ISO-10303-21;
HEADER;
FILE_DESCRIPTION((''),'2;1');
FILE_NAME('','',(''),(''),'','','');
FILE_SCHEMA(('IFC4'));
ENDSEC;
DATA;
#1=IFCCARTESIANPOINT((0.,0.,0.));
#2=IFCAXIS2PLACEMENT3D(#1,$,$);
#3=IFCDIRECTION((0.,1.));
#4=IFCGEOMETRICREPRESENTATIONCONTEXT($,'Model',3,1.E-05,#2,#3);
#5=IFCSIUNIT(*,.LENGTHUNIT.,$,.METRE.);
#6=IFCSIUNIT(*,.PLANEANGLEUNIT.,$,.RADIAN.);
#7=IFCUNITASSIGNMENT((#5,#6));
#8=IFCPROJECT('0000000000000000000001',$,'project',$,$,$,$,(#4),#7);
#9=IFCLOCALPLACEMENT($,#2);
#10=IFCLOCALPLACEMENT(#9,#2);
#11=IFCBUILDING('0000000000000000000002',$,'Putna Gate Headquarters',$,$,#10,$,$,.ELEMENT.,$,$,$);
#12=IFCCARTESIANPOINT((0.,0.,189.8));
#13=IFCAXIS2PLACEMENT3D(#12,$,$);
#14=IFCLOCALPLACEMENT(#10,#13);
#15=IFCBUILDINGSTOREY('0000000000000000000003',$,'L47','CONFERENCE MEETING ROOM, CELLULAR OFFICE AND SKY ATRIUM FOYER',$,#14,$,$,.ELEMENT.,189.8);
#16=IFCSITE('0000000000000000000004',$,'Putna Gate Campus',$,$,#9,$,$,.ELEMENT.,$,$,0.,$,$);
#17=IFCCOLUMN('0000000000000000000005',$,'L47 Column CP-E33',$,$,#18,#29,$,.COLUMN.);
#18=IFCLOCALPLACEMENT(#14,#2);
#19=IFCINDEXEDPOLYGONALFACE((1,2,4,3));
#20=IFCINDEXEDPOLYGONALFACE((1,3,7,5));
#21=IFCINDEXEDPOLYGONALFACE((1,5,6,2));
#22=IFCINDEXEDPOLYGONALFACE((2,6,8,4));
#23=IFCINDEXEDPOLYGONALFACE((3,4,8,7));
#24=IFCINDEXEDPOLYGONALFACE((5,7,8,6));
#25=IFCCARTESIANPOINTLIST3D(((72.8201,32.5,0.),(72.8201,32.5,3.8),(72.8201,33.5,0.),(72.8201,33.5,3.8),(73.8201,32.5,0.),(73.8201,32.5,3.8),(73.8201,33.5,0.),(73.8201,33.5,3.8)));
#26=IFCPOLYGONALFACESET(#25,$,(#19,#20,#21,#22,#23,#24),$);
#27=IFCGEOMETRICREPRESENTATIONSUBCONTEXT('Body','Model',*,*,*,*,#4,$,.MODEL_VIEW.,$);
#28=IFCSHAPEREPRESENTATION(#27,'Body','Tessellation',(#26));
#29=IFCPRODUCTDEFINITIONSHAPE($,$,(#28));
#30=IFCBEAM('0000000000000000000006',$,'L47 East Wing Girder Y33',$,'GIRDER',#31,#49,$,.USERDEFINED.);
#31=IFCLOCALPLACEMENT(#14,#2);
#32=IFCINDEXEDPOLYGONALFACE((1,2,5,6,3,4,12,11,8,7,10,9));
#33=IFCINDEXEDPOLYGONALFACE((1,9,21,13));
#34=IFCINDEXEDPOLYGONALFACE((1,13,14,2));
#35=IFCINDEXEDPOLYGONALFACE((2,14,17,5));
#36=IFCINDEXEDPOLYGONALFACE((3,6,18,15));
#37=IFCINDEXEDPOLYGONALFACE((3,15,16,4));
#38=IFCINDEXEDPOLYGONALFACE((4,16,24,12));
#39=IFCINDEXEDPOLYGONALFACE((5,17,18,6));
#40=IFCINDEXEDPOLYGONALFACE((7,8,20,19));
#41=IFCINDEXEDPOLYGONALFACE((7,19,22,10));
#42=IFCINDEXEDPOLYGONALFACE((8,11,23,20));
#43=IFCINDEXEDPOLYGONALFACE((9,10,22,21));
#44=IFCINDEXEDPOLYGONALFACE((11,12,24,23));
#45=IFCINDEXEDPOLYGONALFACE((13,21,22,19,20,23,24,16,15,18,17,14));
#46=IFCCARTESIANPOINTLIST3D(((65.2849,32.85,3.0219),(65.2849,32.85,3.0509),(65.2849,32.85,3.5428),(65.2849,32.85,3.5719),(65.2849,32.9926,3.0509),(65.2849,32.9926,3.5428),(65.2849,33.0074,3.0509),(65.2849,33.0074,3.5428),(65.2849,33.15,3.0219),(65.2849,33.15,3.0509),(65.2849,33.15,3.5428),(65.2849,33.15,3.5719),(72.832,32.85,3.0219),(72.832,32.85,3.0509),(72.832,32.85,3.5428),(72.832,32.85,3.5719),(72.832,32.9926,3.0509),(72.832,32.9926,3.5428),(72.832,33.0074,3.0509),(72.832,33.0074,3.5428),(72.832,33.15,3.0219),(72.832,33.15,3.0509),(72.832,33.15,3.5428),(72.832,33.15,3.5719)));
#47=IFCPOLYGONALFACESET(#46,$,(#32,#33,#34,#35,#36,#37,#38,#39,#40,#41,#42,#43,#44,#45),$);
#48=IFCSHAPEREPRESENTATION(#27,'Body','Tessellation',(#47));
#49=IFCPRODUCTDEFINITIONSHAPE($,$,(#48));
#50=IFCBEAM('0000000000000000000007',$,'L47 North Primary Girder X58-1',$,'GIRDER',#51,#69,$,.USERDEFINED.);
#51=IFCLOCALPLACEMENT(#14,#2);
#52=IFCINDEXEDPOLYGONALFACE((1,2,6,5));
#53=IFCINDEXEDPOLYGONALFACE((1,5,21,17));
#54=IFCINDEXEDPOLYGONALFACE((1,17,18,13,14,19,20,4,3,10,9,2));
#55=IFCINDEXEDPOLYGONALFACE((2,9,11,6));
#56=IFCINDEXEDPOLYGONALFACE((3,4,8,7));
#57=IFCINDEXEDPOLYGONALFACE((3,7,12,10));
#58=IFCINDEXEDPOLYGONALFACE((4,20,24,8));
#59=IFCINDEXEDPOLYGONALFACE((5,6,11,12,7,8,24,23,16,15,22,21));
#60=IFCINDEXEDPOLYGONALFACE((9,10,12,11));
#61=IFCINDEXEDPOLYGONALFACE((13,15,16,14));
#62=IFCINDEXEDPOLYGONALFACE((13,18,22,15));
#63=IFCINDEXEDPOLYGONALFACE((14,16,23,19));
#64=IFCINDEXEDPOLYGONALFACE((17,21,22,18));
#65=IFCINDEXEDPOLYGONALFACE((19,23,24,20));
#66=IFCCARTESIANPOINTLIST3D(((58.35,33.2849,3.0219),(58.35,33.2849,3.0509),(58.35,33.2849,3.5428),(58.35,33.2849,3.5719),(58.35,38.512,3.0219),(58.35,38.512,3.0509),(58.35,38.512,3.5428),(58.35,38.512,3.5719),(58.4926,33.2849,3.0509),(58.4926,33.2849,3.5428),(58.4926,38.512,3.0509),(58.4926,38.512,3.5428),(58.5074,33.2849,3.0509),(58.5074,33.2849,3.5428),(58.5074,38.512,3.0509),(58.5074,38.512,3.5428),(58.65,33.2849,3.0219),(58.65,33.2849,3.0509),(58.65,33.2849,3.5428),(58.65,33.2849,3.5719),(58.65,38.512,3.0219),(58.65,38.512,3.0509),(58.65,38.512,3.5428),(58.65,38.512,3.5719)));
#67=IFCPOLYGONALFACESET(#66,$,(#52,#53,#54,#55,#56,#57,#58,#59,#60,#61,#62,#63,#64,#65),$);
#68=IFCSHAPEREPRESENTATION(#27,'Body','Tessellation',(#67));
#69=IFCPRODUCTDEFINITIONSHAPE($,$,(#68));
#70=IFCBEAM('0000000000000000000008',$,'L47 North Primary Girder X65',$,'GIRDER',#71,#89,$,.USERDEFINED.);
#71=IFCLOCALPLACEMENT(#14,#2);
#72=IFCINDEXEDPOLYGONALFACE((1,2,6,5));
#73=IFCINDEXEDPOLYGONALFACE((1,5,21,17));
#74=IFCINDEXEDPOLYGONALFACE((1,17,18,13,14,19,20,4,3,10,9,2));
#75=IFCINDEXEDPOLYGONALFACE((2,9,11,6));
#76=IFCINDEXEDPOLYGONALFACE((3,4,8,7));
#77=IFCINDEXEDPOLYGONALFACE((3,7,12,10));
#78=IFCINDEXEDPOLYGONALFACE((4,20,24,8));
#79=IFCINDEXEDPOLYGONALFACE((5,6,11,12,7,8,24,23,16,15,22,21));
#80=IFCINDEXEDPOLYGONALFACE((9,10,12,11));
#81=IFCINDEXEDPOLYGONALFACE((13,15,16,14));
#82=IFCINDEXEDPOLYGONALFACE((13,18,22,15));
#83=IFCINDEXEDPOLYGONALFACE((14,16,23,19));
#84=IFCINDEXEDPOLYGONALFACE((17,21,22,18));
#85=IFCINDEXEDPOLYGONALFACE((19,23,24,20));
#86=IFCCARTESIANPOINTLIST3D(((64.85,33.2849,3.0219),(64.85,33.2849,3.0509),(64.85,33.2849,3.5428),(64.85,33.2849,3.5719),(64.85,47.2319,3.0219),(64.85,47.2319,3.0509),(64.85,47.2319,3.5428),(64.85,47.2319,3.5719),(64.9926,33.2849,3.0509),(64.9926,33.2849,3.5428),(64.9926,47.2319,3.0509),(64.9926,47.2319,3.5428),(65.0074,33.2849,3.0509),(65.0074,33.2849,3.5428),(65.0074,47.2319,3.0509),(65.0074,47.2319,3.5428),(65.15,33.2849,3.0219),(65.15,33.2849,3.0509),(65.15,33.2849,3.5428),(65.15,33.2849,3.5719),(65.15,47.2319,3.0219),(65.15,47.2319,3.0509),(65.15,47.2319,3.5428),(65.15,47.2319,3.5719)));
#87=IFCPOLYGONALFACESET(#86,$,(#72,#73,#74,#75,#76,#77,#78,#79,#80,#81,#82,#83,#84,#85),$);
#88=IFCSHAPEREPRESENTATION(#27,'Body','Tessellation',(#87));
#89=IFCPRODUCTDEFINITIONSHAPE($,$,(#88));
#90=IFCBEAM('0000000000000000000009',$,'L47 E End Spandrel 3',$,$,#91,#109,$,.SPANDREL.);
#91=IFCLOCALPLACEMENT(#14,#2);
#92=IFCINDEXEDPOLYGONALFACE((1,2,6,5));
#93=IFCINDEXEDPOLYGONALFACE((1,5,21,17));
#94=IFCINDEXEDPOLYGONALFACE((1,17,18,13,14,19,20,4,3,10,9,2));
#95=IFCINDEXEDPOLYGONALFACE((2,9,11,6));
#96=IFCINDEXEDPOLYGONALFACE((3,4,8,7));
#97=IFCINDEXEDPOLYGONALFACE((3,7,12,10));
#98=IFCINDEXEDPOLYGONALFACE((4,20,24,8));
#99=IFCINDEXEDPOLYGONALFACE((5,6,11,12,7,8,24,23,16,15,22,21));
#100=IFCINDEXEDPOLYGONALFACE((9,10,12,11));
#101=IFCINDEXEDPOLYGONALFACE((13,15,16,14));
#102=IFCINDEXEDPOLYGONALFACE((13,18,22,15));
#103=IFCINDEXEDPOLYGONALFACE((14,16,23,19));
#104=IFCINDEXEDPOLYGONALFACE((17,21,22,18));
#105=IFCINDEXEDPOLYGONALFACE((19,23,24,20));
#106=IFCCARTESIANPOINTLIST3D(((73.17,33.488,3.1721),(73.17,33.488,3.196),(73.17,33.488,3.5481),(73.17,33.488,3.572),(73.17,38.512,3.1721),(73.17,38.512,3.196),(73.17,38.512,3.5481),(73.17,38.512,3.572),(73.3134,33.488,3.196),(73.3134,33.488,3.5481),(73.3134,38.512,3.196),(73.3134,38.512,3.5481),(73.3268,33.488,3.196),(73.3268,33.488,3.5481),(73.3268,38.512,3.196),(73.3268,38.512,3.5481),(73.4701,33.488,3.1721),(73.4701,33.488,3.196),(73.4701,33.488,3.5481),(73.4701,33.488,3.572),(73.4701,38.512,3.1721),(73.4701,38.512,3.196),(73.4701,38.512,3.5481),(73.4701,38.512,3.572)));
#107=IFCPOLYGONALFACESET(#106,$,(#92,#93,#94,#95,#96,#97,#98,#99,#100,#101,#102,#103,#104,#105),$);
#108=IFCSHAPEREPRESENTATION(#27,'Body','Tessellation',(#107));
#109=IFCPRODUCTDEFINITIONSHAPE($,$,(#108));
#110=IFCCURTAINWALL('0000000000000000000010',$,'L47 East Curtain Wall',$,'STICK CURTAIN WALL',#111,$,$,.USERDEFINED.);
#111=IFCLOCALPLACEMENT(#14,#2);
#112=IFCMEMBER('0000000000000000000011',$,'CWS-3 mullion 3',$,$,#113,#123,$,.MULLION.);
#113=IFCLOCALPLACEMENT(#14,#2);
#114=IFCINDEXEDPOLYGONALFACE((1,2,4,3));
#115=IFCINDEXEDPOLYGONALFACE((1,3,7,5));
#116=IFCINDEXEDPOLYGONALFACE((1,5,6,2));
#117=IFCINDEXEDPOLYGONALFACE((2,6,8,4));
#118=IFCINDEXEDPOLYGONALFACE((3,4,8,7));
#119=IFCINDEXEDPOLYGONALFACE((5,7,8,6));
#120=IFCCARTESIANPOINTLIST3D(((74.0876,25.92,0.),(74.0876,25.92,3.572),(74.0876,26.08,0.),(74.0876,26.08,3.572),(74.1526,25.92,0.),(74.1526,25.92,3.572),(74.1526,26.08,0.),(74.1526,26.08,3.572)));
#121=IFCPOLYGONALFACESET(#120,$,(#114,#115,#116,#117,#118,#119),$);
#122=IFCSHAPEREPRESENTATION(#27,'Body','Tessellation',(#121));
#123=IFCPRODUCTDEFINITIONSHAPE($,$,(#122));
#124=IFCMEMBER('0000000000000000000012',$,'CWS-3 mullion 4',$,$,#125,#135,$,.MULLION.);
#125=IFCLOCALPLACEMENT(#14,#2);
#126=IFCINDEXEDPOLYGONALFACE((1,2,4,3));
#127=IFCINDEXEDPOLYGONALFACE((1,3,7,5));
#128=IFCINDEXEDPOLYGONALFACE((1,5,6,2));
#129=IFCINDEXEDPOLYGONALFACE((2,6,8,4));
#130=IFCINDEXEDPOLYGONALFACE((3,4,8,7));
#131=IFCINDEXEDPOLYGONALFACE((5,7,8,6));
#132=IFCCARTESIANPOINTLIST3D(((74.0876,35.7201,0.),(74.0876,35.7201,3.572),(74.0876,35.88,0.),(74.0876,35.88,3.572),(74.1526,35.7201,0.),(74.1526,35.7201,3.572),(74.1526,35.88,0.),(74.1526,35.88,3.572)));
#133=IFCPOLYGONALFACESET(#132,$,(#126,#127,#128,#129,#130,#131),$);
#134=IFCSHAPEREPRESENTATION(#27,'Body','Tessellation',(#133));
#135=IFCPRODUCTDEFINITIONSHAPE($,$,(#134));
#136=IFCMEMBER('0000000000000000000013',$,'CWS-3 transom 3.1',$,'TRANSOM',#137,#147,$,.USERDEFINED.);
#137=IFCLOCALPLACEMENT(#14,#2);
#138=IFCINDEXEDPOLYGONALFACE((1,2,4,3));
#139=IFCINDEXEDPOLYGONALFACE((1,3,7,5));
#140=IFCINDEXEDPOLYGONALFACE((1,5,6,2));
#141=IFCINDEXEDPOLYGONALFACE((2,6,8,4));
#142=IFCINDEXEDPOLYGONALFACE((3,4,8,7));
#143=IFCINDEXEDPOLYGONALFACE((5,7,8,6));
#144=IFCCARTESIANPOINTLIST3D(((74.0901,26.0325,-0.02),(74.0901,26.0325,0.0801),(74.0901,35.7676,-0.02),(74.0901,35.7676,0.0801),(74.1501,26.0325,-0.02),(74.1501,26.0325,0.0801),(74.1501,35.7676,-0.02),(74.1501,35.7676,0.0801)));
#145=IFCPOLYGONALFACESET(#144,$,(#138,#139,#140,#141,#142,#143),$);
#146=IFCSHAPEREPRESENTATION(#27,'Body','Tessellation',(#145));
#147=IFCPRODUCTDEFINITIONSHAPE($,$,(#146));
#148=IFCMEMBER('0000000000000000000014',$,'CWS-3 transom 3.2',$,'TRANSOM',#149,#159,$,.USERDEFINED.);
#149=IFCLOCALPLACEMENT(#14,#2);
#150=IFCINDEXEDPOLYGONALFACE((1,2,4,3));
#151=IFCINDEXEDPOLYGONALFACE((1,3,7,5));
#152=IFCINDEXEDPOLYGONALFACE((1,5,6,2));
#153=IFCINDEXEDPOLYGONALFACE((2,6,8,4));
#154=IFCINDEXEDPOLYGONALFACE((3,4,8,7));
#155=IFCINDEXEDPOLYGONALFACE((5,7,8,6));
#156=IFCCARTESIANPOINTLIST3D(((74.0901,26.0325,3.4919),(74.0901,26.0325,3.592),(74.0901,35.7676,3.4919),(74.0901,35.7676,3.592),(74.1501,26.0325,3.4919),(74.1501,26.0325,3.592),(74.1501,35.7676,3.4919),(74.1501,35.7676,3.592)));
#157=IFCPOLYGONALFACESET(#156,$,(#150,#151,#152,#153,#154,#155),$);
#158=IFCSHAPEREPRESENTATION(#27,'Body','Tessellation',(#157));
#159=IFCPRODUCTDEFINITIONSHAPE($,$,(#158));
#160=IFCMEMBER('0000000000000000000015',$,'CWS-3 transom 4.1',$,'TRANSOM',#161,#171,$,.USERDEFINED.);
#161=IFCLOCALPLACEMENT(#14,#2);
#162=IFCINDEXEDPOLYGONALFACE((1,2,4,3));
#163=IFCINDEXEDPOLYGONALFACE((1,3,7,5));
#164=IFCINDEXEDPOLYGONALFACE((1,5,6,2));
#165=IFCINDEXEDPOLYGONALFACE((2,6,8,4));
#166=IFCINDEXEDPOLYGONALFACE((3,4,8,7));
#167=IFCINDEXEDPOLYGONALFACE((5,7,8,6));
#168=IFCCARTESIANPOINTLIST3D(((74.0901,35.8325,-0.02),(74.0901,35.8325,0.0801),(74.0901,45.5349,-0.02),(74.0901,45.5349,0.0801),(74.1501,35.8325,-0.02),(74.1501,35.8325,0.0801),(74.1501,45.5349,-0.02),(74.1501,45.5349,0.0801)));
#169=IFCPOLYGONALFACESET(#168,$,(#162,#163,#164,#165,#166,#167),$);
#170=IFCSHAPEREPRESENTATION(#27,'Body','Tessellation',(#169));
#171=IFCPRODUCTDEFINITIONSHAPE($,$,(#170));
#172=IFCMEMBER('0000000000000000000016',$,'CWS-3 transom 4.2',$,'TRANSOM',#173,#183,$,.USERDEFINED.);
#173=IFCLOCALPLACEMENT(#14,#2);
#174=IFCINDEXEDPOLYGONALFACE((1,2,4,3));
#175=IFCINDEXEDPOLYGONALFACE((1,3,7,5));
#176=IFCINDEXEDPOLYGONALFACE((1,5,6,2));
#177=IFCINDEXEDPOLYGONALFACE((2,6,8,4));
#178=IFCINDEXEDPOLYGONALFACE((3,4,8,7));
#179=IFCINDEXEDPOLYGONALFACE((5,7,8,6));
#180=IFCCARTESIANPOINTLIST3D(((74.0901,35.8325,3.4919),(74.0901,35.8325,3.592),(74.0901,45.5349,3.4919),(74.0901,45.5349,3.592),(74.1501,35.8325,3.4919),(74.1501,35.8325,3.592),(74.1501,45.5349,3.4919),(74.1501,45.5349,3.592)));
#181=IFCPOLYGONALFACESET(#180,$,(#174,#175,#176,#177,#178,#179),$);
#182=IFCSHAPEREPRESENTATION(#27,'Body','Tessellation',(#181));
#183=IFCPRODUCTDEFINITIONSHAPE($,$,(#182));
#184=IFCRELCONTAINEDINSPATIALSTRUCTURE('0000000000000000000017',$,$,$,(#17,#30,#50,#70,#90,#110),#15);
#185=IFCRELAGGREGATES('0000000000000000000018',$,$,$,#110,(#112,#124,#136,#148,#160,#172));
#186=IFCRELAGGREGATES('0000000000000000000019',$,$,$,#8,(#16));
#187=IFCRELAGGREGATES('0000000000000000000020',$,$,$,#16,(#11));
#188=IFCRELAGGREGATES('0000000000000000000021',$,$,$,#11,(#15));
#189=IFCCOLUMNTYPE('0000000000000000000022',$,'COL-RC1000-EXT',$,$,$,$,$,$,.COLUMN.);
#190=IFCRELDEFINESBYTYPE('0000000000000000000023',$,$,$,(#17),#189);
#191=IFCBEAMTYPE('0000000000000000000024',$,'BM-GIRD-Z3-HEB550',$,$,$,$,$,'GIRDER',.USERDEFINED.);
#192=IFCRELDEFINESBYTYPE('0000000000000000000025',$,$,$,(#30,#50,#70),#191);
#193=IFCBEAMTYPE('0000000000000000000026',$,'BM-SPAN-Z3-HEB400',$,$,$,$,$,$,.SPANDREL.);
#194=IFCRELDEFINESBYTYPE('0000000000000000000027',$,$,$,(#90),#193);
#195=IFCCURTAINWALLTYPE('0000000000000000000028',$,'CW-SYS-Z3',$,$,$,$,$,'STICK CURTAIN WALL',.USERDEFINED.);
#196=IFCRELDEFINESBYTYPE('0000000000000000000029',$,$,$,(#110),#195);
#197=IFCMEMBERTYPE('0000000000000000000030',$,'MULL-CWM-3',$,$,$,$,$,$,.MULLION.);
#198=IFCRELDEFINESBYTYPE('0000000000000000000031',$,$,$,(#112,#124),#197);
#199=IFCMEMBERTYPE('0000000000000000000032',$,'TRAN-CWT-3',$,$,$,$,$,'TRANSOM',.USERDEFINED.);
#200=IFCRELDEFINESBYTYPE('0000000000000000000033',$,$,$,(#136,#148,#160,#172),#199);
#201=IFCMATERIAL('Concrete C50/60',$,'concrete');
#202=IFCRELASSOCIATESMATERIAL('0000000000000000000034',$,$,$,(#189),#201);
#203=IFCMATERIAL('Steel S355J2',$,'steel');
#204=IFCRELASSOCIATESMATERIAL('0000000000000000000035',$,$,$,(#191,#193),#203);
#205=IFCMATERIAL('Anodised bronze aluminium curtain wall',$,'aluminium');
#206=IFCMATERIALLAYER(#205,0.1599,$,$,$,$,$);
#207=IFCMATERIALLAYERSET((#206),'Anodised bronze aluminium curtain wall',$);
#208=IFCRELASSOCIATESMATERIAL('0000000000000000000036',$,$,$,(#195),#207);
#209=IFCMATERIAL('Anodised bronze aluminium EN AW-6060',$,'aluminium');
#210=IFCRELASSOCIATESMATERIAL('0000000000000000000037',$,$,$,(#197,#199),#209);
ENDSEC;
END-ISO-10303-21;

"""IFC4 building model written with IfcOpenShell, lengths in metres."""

from ifc_helpers import new_model, si_unit, direction, frame, origin, origin_2d, place, context, subcontext, project, spatial, rectangle, i_section, extrude, material, layer, layer_set, material_profile, profile_set, type_object, element, aggregate, save


model = new_model("IFC4")

# Units and contexts
model_context = context("Model", 3, precision=1e-05, world=origin(), true_north=direction((0.0, 1.0)))
body_context = subcontext(model_context, "Body", "Model", "MODEL_VIEW")
ifc_project = project(units=[si_unit("LENGTHUNIT", "METRE"), si_unit("PLANEANGLEUNIT", "RADIAN")], contexts=[model_context])

# Site, building, storey
site_placement = place(None, origin())
site = spatial("IfcSite", under=ifc_project, at=site_placement, Name="Putna Gate Campus", CompositionType="ELEMENT", RefElevation=0.0)
building_placement = place(site_placement, origin())
building = spatial("IfcBuilding", under=site, at=building_placement, Name="Putna Gate Headquarters", CompositionType="ELEMENT")
storey_placement = place(building_placement, frame((0.0, 0.0, 189.8)))
storey = spatial("IfcBuildingStorey", under=building, at=storey_placement, Name="L47", Description="CONFERENCE MEETING ROOM, CELLULAR OFFICE AND SKY ATRIUM FOYER", CompositionType="ELEMENT", Elevation=189.8)

# Column
ifc_material_1 = material(Name="Concrete C50/60", Category="concrete")
ifc_material_profile_1 = material_profile(ifc_material_1, rectangle(XDim=1.0, YDim=1.0, at=origin_2d()), Name="Concrete C50/60")
ifc_profile_set_1 = profile_set([ifc_material_profile_1], Name="Concrete C50/60")
column_type = type_object("IfcColumnType", Name="COL-RC1000-EXT", PredefinedType="COLUMN", material=ifc_profile_set_1)
column_placement = place(storey_placement, frame((73.3201, 33.0, 0.0), z_axis=(0.0, 0.0, 1.0), x_axis=(1.0, 0.0, 0.0)))
element("IfcColumn", 1, at=column_placement, inside=storey, type_object=column_type, Name="L47 Column CP-E33", PredefinedType="COLUMN", context=body_context, shape_type="SweptSolid", body=[
    extrude(rectangle(XDim=1.0, YDim=1.0, at=origin_2d()), origin(), (0.0, 0.0, 1.0), 3.8),
])

# Beams
ifc_material_2 = material(Name="Steel S355J2", Category="steel")
ifc_material_profile_2 = material_profile(ifc_material_2, i_section(OverallWidth=0.3, OverallDepth=0.55, WebThickness=0.0149, FlangeThickness=0.0291, at=origin_2d()), Name="Steel S355J2")
ifc_profile_set_2 = profile_set([ifc_material_profile_2], Name="Steel S355J2")
beam_type_1 = type_object("IfcBeamType", Name="BM-GIRD-Z3-HEB550", ElementType="GIRDER", PredefinedType="USERDEFINED", material=ifc_profile_set_2)
beam_1_placement = place(storey_placement, frame((65.2849, 33.0, 3.2969), z_axis=(1.0, 0.0, 0.0), x_axis=(0.0, 1.0, 0.0)))
element("IfcBeam", 2, at=beam_1_placement, inside=storey, type_object=beam_type_1, Name="L47 East Wing Girder Y33", ObjectType="GIRDER", PredefinedType="USERDEFINED", context=body_context, shape_type="SweptSolid", body=[
    extrude(i_section(OverallWidth=0.3, OverallDepth=0.55, WebThickness=0.0149, FlangeThickness=0.0291, at=origin_2d()), origin(), (0.0, 0.0, 1.0), 7.5471),
])
beam_2_placement = place(storey_placement, frame((58.5, 33.2849, 3.2969), z_axis=(0.0, 1.0, 0.0), x_axis=(-1.0, 0.0, 0.0)))
element("IfcBeam", 3, at=beam_2_placement, inside=storey, type_object=beam_type_1, Name="L47 North Primary Girder X58-1", ObjectType="GIRDER", PredefinedType="USERDEFINED", context=body_context, shape_type="SweptSolid", body=[
    extrude(i_section(OverallWidth=0.3, OverallDepth=0.55, WebThickness=0.0149, FlangeThickness=0.0291, at=origin_2d()), origin(), (0.0, 0.0, 1.0), 5.2271),
])
beam_3_placement = place(storey_placement, frame((65.0, 33.2849, 3.2969), z_axis=(0.0, 1.0, 0.0), x_axis=(-1.0, 0.0, 0.0)))
element("IfcBeam", 4, at=beam_3_placement, inside=storey, type_object=beam_type_1, Name="L47 North Primary Girder X65", ObjectType="GIRDER", PredefinedType="USERDEFINED", context=body_context, shape_type="SweptSolid", body=[
    extrude(i_section(OverallWidth=0.3, OverallDepth=0.55, WebThickness=0.0149, FlangeThickness=0.0291, at=origin_2d()), origin(), (0.0, 0.0, 1.0), 13.947),
])
ifc_material_profile_3 = material_profile(ifc_material_2, i_section(OverallWidth=0.3, OverallDepth=0.3999, WebThickness=0.0134, FlangeThickness=0.0239, at=origin_2d()), Name="Steel S355J2")
ifc_profile_set_3 = profile_set([ifc_material_profile_3], Name="Steel S355J2")
beam_type_2 = type_object("IfcBeamType", Name="BM-SPAN-Z3-HEB400", PredefinedType="SPANDREL", material=ifc_profile_set_3)
beam_4_placement = place(storey_placement, frame((73.3201, 33.488, 3.3721), z_axis=(0.0, 1.0, 0.0), x_axis=(-1.0, 0.0, 0.0)))
element("IfcBeam", 5, at=beam_4_placement, inside=storey, type_object=beam_type_2, Name="L47 E End Spandrel 3", PredefinedType="SPANDREL", context=body_context, shape_type="SweptSolid", body=[
    extrude(i_section(OverallWidth=0.3, OverallDepth=0.3999, WebThickness=0.0134, FlangeThickness=0.0239, at=origin_2d()), origin(), (0.0, 0.0, 1.0), 5.0239),
])

# Curtain wall, members
ifc_material_3 = material(Name="Anodised bronze aluminium curtain wall", Category="aluminium")
ifc_layer_1 = layer(ifc_material_3, 0.1599)
ifc_layer_set_1 = layer_set([ifc_layer_1], Name="Anodised bronze aluminium curtain wall")
curtain_wall_type = type_object("IfcCurtainWallType", Name="CW-SYS-Z3", ElementType="STICK CURTAIN WALL", PredefinedType="USERDEFINED", material=ifc_layer_set_1)
curtain_wall_placement = place(storey_placement, origin())
curtain_wall = element("IfcCurtainWall", 6, at=curtain_wall_placement, inside=storey, type_object=curtain_wall_type, Name="L47 East Curtain Wall", ObjectType="STICK CURTAIN WALL", PredefinedType="USERDEFINED")
ifc_material_4 = material(Name="Anodised bronze aluminium EN AW-6060", Category="aluminium")
ifc_material_profile_4 = material_profile(ifc_material_4, rectangle(XDim=0.0649, YDim=0.1599, at=origin_2d()), Name="Anodised bronze aluminium EN AW-6060")
ifc_profile_set_4 = profile_set([ifc_material_profile_4], Name="Anodised bronze aluminium EN AW-6060")
member_type_1 = type_object("IfcMemberType", Name="MULL-CWM-3", PredefinedType="MULLION", material=ifc_profile_set_4)
member_1_placement = place(storey_placement, frame((74.1201, 26.0, 0.0), z_axis=(0.0, 0.0, 1.0), x_axis=(-1.0, 0.0, 0.0)))
member_1 = element("IfcMember", 7, at=member_1_placement, type_object=member_type_1, Name="CWS-3 mullion 3", PredefinedType="MULLION", context=body_context, shape_type="SweptSolid", body=[
    extrude(rectangle(XDim=0.0649, YDim=0.1599, at=origin_2d()), origin(), (0.0, 0.0, 1.0), 3.572),
])
member_2_placement = place(storey_placement, frame((74.1201, 35.8, 0.0), z_axis=(0.0, 0.0, 1.0), x_axis=(-1.0, 0.0, 0.0)))
member_2 = element("IfcMember", 8, at=member_2_placement, type_object=member_type_1, Name="CWS-3 mullion 4", PredefinedType="MULLION", context=body_context, shape_type="SweptSolid", body=[
    extrude(rectangle(XDim=0.0649, YDim=0.1599, at=origin_2d()), origin(), (0.0, 0.0, 1.0), 3.572),
])
ifc_material_profile_5 = material_profile(ifc_material_4, rectangle(XDim=0.0601, YDim=0.1001, at=origin_2d()), Name="Anodised bronze aluminium EN AW-6060")
ifc_profile_set_5 = profile_set([ifc_material_profile_5], Name="Anodised bronze aluminium EN AW-6060")
member_type_2 = type_object("IfcMemberType", Name="TRAN-CWT-3", ElementType="TRANSOM", PredefinedType="USERDEFINED", material=ifc_profile_set_5)
member_3_placement = place(storey_placement, frame((74.1201, 26.0325, 0.03), z_axis=(0.0, 1.0, 0.0), x_axis=(-1.0, 0.0, 0.0)))
member_3 = element("IfcMember", 9, at=member_3_placement, type_object=member_type_2, Name="CWS-3 transom 3.1", ObjectType="TRANSOM", PredefinedType="USERDEFINED", context=body_context, shape_type="SweptSolid", body=[
    extrude(rectangle(XDim=0.0601, YDim=0.1001, at=origin_2d()), origin(), (0.0, 0.0, 1.0), 9.7351),
])
member_4_placement = place(storey_placement, frame((74.1201, 26.0325, 3.542), z_axis=(0.0, 1.0, 0.0), x_axis=(-1.0, 0.0, 0.0)))
member_4 = element("IfcMember", 10, at=member_4_placement, type_object=member_type_2, Name="CWS-3 transom 3.2", ObjectType="TRANSOM", PredefinedType="USERDEFINED", context=body_context, shape_type="SweptSolid", body=[
    extrude(rectangle(XDim=0.0601, YDim=0.1001, at=origin_2d()), origin(), (0.0, 0.0, 1.0), 9.7351),
])
member_5_placement = place(storey_placement, frame((74.1201, 35.8325, 0.03), z_axis=(0.0, 1.0, 0.0), x_axis=(-1.0, 0.0, 0.0)))
member_5 = element("IfcMember", 11, at=member_5_placement, type_object=member_type_2, Name="CWS-3 transom 4.1", ObjectType="TRANSOM", PredefinedType="USERDEFINED", context=body_context, shape_type="SweptSolid", body=[
    extrude(rectangle(XDim=0.0601, YDim=0.1001, at=origin_2d()), origin(), (0.0, 0.0, 1.0), 9.7024),
])
member_6_placement = place(storey_placement, frame((74.1201, 35.8325, 3.542), z_axis=(0.0, 1.0, 0.0), x_axis=(-1.0, 0.0, 0.0)))
member_6 = element("IfcMember", 12, at=member_6_placement, type_object=member_type_2, Name="CWS-3 transom 4.2", ObjectType="TRANSOM", PredefinedType="USERDEFINED", context=body_context, shape_type="SweptSolid", body=[
    extrude(rectangle(XDim=0.0601, YDim=0.1001, at=origin_2d()), origin(), (0.0, 0.0, 1.0), 9.7024),
])
aggregate(curtain_wall, [member_1, member_2, member_3, member_4, member_5, member_6])

save(model, "model.ifc")
